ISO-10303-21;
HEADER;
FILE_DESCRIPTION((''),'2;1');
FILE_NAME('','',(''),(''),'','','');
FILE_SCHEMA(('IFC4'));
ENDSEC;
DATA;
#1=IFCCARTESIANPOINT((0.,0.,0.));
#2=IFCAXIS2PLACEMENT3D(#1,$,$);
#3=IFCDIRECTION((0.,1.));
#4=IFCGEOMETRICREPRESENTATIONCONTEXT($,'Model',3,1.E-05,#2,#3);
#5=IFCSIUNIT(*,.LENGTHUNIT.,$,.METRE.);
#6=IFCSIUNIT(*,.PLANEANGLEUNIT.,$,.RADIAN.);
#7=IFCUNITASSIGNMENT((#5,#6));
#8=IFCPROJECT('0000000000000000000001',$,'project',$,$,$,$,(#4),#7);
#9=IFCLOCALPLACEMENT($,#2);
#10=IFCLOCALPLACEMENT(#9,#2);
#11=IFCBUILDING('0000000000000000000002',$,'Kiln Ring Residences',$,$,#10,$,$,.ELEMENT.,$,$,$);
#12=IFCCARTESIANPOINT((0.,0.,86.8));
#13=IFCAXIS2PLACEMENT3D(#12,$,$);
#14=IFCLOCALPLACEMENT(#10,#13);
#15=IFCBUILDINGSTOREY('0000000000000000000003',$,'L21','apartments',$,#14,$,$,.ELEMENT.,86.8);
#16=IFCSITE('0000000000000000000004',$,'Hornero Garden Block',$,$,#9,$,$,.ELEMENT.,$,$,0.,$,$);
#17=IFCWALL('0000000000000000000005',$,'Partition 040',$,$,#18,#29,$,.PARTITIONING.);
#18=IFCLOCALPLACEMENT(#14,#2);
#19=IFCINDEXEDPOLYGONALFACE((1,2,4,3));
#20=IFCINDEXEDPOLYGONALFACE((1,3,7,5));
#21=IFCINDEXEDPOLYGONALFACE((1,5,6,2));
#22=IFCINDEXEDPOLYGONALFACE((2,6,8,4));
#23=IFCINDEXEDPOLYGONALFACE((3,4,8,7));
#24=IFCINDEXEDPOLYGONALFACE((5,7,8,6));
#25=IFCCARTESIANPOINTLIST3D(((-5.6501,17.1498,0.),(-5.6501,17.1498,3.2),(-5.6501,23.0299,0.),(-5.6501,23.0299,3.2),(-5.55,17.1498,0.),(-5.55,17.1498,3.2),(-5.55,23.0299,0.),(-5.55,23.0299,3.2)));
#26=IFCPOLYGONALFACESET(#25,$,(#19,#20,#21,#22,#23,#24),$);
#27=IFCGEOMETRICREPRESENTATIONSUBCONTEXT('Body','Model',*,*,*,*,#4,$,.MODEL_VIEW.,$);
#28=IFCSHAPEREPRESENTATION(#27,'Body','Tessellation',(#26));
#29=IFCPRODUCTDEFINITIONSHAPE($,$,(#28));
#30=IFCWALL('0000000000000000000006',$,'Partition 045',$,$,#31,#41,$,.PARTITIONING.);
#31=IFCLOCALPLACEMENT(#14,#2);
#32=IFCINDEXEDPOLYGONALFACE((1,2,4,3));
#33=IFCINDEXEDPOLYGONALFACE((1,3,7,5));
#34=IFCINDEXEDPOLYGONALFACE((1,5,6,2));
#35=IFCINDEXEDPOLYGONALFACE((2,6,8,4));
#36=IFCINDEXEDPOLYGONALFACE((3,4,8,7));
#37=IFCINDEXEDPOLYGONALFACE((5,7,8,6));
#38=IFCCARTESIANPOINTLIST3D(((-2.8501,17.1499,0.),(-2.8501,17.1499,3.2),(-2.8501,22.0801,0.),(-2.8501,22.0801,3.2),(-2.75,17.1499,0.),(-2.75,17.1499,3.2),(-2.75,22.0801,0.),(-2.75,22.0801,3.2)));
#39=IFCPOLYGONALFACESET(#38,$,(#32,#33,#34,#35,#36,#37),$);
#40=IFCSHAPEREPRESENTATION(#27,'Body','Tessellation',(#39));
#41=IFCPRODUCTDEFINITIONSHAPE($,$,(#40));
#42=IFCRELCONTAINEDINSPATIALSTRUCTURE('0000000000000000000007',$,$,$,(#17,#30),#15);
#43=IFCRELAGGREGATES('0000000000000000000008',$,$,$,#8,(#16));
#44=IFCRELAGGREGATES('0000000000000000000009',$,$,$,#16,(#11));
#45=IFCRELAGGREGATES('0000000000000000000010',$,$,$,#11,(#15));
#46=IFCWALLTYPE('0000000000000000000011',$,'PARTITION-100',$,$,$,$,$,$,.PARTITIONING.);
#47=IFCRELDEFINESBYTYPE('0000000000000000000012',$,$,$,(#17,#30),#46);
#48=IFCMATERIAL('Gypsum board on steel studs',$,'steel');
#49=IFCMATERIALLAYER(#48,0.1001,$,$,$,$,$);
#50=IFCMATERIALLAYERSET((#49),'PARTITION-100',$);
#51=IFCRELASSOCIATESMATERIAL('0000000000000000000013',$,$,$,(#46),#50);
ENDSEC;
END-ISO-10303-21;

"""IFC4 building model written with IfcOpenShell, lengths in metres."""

from ifc_helpers import new_model, si_unit, direction, frame, frame_2d, origin, place, context, subcontext, project, spatial, rectangle, extrude, material, layer, layer_set, type_object, element, save


model = new_model("IFC4")

# Units and contexts
model_context = context("Model", 3, precision=1e-05, world=origin(), true_north=direction((0.0, 1.0)))
body_context = subcontext(model_context, "Body", "Model", "MODEL_VIEW")
ifc_project = project(units=[si_unit("LENGTHUNIT", "METRE"), si_unit("PLANEANGLEUNIT", "RADIAN")], contexts=[model_context])

# Site, building, storey
site_placement = place(None, origin())
site = spatial("IfcSite", under=ifc_project, at=site_placement, Name="Hornero Garden Block", CompositionType="ELEMENT", RefElevation=0.0)
building_placement = place(site_placement, origin())
building = spatial("IfcBuilding", under=site, at=building_placement, Name="Kiln Ring Residences", CompositionType="ELEMENT")
storey_placement = place(building_placement, frame((0.0, 0.0, 86.8)))
storey = spatial("IfcBuildingStorey", under=building, at=storey_placement, Name="L21", Description="apartments", CompositionType="ELEMENT", Elevation=86.8)

# Walls
ifc_material_1 = material(Name="Gypsum board on steel studs", Category="steel")
ifc_layer_1 = layer(ifc_material_1, 0.1001)
ifc_layer_set_1 = layer_set([ifc_layer_1], Name="PARTITION-100")
wall_type_1 = type_object("IfcWallType", Name="PARTITION-100", PredefinedType="PARTITIONING", material=ifc_layer_set_1)
wall_1_placement = place(storey_placement, frame((-5.6001, 17.1499, 0.0), z_axis=(0.0, 0.0, 1.0), x_axis=(0.0, 1.0, 0.0)))
element("IfcWall", 1, at=wall_1_placement, inside=storey, type_object=wall_type_1, Name="Partition 040", PredefinedType="PARTITIONING", context=body_context, shape_type="SweptSolid", body=[
    extrude(rectangle(XDim=5.8801, YDim=0.1001, at=frame_2d((2.9399, 0.0))), origin(), (0.0, 0.0, 1.0), 3.2),
])
wall_2_placement = place(storey_placement, frame((-2.8, 17.1499, 0.0), z_axis=(0.0, 0.0, 1.0), x_axis=(0.0, 1.0, 0.0)))
element("IfcWall", 2, at=wall_2_placement, inside=storey, type_object=wall_type_1, Name="Partition 045", PredefinedType="PARTITIONING", context=body_context, shape_type="SweptSolid", body=[
    extrude(rectangle(XDim=4.9302, YDim=0.1001, at=frame_2d((2.4651, 0.0))), origin(), (0.0, 0.0, 1.0), 3.2),
])

save(model, "model.ifc")
